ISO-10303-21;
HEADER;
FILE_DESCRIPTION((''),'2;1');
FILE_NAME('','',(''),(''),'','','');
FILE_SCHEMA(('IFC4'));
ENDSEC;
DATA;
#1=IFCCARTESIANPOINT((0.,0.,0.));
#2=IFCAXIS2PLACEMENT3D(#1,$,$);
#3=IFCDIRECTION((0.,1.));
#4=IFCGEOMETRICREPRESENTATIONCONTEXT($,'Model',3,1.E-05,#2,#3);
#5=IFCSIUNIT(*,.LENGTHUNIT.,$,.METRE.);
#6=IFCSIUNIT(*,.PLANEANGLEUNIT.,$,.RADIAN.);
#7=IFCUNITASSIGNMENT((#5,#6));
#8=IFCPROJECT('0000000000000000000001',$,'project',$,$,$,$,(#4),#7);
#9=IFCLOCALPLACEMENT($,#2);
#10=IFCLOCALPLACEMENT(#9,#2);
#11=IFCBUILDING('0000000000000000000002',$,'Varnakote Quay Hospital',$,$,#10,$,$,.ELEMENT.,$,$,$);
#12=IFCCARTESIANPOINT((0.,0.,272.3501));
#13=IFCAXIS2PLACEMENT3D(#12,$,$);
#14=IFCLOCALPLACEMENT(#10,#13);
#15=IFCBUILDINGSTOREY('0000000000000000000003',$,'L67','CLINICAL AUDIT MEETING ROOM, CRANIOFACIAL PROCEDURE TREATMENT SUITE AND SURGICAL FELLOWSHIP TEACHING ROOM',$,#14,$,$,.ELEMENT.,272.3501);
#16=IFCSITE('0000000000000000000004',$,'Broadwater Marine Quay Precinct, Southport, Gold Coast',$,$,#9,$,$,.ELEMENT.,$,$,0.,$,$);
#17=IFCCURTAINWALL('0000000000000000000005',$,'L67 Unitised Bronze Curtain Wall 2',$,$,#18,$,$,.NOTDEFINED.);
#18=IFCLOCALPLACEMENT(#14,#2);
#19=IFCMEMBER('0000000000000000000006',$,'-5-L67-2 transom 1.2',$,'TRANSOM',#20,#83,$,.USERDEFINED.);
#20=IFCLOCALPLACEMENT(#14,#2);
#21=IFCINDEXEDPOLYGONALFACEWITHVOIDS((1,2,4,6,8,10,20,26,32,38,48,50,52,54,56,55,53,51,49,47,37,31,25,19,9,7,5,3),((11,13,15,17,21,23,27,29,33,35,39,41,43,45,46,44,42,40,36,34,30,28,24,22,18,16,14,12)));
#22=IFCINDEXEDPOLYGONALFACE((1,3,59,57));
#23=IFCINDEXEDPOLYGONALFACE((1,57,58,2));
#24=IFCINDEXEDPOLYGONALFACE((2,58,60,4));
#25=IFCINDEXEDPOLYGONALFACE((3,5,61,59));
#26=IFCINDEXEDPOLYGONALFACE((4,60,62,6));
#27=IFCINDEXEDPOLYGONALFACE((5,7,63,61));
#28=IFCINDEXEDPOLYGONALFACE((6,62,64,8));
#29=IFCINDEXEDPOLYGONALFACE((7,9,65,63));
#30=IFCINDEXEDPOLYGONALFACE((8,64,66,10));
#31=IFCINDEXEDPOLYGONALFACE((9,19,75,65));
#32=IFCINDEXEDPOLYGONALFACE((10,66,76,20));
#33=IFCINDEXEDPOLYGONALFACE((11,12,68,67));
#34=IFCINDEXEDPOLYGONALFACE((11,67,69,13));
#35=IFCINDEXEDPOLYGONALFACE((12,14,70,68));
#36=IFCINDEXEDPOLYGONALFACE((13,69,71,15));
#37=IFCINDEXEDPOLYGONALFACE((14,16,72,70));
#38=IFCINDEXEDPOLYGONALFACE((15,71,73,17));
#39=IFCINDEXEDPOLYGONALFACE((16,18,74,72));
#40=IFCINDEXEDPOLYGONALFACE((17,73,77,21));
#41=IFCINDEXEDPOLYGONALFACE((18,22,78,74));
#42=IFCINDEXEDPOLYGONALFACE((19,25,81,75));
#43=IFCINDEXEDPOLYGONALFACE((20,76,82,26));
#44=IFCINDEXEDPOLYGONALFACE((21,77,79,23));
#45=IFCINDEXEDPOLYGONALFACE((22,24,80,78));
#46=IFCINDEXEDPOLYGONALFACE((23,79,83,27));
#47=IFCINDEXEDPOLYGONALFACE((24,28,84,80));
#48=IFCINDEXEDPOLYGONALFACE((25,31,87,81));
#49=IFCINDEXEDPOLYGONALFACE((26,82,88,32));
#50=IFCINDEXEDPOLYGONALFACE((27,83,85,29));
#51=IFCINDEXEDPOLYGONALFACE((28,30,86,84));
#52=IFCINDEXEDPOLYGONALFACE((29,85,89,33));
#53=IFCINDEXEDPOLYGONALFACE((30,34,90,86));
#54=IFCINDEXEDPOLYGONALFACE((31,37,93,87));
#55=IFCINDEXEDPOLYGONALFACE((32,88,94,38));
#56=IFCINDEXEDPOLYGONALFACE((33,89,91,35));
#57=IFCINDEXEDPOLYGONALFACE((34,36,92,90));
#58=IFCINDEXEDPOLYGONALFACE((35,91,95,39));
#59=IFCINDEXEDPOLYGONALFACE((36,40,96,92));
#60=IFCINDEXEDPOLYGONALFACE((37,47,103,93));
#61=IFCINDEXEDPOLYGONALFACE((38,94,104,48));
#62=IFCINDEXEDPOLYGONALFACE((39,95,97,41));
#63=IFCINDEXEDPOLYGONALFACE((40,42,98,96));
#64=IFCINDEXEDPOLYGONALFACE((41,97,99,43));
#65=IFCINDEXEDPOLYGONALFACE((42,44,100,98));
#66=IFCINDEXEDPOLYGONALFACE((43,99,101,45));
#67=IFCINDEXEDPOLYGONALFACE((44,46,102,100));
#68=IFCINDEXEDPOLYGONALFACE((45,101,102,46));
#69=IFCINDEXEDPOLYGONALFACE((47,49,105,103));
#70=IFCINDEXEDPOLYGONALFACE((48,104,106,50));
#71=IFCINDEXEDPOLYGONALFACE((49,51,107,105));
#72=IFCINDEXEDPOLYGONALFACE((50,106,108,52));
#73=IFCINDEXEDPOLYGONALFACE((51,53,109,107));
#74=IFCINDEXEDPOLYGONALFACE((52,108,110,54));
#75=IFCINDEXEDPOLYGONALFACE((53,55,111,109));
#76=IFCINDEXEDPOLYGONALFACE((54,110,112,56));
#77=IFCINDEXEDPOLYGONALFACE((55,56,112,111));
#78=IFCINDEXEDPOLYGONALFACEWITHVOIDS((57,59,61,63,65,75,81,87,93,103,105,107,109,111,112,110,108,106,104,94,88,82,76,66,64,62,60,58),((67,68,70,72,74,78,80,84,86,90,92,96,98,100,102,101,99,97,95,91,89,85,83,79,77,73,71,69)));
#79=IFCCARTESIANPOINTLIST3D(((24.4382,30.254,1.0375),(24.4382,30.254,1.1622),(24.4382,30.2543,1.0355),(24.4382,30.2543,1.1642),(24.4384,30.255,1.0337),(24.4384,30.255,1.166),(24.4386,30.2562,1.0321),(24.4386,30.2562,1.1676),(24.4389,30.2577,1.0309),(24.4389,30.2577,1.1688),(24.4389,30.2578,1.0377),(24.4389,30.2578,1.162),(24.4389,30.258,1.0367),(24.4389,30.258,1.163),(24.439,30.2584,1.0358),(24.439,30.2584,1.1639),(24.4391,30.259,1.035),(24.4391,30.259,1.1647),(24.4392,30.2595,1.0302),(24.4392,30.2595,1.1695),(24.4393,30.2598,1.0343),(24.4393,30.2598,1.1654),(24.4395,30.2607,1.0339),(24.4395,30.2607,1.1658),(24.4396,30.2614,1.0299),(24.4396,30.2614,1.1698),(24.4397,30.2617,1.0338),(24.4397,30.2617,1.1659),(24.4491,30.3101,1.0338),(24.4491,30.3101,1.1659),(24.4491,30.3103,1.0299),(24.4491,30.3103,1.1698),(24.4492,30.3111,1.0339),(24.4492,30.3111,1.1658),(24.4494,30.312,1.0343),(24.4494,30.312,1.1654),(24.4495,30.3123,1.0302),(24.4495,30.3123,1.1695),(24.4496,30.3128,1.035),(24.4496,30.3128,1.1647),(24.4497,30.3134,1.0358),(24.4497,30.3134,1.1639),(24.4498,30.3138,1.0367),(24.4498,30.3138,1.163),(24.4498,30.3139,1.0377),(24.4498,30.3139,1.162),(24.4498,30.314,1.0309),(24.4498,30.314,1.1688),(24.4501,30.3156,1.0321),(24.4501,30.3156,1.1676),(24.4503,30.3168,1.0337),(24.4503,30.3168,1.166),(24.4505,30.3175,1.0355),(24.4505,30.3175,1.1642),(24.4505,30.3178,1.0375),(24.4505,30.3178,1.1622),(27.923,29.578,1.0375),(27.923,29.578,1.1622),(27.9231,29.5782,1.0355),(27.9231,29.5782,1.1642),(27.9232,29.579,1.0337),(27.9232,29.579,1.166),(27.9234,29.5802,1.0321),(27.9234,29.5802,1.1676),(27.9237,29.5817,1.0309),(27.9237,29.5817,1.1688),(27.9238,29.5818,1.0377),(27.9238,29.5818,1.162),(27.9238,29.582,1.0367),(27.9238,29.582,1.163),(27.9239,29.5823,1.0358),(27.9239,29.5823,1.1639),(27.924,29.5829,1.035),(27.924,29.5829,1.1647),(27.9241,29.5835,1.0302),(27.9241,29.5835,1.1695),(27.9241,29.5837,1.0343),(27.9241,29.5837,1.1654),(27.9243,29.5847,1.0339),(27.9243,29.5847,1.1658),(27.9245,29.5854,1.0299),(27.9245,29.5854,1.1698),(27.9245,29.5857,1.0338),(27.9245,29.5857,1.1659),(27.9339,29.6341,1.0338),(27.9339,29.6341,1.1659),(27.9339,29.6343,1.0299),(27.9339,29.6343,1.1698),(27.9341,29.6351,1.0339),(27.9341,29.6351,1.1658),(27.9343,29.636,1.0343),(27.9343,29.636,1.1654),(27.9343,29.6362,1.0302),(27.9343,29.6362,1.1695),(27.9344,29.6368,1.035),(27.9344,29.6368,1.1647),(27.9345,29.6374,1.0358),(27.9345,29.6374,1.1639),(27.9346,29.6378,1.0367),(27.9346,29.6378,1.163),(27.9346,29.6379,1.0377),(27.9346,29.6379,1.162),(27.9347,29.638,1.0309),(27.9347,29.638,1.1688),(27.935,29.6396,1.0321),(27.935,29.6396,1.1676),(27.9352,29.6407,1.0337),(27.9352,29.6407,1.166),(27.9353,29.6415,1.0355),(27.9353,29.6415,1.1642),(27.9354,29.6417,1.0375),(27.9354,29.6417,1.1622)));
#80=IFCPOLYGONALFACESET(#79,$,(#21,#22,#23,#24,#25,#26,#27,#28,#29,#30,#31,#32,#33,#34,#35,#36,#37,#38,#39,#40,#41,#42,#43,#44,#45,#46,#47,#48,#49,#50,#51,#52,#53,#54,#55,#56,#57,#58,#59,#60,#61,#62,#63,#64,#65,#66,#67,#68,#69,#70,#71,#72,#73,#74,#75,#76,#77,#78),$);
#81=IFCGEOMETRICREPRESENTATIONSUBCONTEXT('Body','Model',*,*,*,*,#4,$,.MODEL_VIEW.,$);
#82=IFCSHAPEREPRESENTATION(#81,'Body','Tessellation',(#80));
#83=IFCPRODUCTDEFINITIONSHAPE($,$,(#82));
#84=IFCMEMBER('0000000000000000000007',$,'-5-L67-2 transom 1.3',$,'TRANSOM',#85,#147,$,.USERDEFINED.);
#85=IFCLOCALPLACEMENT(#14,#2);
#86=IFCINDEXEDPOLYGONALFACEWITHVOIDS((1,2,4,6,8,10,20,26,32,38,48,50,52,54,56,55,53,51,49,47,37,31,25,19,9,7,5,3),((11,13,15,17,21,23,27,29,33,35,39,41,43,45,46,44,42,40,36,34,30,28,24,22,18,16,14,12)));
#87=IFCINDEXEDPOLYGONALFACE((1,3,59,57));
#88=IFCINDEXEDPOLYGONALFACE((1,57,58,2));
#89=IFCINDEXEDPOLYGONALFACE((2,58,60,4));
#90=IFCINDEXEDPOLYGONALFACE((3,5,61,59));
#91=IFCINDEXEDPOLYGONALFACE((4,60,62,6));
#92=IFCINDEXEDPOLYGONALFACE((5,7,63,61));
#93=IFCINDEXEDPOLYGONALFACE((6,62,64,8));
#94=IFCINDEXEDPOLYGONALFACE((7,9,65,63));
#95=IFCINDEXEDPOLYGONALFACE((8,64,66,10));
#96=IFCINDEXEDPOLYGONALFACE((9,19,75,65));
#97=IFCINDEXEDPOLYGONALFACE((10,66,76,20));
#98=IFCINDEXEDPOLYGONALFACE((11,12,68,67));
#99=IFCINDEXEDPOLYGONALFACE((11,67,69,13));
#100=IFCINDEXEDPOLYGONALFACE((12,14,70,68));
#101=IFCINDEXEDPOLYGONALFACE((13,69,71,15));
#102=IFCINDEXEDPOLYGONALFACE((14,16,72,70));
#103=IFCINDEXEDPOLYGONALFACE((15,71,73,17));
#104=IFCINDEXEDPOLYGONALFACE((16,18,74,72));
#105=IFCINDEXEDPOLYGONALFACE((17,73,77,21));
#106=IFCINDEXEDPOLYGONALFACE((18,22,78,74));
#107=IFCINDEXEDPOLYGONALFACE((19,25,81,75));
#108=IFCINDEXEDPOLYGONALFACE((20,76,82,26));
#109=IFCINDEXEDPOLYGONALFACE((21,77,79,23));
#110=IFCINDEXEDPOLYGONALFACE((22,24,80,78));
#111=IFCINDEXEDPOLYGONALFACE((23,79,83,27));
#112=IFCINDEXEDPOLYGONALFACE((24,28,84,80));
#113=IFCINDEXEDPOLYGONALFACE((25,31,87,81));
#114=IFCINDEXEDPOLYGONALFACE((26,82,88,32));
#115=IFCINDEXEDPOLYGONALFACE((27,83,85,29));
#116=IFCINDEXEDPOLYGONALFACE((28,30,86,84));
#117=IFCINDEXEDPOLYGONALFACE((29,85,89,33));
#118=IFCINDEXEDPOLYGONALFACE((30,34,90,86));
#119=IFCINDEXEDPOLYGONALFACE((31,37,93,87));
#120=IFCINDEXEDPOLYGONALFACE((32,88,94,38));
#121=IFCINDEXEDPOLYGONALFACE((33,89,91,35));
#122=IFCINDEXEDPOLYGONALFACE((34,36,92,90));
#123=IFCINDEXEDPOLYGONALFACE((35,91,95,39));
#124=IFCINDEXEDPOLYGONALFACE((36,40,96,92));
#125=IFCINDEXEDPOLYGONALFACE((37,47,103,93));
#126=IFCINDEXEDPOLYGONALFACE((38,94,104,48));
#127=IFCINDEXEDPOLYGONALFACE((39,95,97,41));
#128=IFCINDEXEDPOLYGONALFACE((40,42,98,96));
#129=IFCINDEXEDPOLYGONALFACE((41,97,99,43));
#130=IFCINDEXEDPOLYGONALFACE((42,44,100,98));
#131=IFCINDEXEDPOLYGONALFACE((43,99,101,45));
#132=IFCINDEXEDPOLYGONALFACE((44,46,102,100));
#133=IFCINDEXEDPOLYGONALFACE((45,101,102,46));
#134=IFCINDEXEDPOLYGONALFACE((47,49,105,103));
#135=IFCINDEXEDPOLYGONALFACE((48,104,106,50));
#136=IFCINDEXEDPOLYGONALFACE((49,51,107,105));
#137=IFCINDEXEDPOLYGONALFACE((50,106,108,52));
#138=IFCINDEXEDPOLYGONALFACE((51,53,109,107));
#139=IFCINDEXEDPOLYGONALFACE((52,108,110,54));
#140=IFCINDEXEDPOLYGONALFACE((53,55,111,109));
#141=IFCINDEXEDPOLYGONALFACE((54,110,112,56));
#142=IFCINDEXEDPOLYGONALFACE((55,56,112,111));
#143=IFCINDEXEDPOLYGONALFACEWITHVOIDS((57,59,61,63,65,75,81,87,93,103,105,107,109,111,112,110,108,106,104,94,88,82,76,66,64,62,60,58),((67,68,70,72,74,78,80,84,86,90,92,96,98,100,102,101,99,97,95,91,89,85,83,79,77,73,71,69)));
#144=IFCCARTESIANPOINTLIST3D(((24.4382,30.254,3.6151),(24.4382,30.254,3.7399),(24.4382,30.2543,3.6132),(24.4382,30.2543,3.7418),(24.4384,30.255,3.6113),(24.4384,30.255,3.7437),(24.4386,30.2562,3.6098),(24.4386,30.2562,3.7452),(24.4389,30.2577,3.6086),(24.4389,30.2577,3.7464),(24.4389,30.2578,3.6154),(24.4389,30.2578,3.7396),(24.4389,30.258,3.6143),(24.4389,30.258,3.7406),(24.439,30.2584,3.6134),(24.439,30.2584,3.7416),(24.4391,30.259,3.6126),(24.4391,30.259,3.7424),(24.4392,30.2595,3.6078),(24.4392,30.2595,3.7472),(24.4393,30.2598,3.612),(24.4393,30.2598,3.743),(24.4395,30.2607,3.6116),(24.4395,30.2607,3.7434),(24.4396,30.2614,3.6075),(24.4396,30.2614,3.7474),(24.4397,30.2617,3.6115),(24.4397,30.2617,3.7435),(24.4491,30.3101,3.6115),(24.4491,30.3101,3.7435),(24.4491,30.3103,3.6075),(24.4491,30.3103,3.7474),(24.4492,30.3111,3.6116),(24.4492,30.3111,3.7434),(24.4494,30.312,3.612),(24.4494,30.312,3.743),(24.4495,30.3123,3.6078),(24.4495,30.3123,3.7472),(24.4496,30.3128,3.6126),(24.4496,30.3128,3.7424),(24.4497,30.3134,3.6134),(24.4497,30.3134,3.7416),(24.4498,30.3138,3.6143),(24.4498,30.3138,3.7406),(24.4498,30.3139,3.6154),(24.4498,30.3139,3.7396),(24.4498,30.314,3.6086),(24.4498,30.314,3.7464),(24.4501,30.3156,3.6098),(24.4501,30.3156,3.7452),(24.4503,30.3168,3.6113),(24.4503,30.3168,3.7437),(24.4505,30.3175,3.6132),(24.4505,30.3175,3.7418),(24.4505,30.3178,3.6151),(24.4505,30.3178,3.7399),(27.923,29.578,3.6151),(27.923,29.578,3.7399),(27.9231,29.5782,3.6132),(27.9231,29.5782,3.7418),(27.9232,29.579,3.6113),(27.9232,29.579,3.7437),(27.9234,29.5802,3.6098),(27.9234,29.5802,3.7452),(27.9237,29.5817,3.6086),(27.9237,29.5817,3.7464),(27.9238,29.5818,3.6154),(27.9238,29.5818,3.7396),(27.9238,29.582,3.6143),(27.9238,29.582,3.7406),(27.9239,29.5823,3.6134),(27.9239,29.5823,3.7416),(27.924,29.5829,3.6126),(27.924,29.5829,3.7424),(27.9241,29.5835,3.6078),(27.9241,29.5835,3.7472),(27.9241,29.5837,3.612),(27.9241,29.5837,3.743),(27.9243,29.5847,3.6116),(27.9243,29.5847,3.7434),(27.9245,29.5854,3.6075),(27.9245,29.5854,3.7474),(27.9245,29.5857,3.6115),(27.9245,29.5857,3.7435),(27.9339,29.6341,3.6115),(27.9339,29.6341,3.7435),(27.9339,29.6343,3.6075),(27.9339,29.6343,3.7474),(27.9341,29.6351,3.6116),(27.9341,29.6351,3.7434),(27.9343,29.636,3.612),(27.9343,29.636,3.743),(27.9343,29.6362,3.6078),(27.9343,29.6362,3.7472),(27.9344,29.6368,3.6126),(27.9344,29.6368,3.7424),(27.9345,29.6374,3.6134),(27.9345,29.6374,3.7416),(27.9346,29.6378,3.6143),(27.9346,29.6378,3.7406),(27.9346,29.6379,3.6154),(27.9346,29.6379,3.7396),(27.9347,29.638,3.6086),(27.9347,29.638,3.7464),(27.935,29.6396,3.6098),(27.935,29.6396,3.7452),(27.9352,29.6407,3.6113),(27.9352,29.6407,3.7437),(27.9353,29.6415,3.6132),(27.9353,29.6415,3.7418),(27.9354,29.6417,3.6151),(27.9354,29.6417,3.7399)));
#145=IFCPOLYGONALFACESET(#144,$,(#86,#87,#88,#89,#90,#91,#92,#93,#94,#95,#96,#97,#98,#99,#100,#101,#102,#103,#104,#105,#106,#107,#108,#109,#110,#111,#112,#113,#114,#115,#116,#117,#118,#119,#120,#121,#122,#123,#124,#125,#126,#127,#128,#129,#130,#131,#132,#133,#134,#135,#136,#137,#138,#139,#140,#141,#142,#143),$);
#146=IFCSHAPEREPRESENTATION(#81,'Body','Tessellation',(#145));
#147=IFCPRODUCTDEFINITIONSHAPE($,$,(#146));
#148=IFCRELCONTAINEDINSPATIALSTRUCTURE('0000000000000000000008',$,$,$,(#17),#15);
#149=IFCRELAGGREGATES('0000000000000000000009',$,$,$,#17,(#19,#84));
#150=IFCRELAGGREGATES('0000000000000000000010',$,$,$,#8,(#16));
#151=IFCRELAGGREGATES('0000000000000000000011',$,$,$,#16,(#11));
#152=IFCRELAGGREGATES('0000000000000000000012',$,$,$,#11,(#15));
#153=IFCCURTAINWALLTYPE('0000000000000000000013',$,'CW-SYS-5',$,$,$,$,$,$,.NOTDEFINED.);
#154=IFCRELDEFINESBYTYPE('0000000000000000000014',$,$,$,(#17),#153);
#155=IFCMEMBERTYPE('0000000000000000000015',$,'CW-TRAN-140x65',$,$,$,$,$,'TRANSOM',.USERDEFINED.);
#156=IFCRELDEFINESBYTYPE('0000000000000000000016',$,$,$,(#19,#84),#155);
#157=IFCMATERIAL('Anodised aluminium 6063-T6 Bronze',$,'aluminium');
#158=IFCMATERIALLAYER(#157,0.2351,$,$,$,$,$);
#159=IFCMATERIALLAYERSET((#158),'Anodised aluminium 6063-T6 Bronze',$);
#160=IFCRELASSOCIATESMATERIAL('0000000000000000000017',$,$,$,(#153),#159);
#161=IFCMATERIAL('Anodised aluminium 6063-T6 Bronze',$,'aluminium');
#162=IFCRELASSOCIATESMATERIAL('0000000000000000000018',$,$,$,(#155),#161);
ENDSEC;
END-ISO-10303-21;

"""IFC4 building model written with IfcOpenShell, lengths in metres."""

from ifc_helpers import new_model, si_unit, direction, frame, origin, origin_2d, place, context, subcontext, project, spatial, hollow_rectangle, extrude, material, layer, layer_set, material_profile, profile_set, type_object, element, aggregate, save


model = new_model("IFC4")

# Units and contexts
model_context = context("Model", 3, precision=1e-05, world=origin(), true_north=direction((0.0, 1.0)))
body_context = subcontext(model_context, "Body", "Model", "MODEL_VIEW")
ifc_project = project(units=[si_unit("LENGTHUNIT", "METRE"), si_unit("PLANEANGLEUNIT", "RADIAN")], contexts=[model_context])

# Site, building, storey
site_placement = place(None, origin())
site = spatial("IfcSite", under=ifc_project, at=site_placement, Name="Broadwater Marine Quay Precinct, Southport, Gold Coast", CompositionType="ELEMENT", RefElevation=0.0)
building_placement = place(site_placement, origin())
building = spatial("IfcBuilding", under=site, at=building_placement, Name="Varnakote Quay Hospital", CompositionType="ELEMENT")
storey_placement = place(building_placement, frame((0.0, 0.0, 272.3501)))
storey = spatial("IfcBuildingStorey", under=building, at=storey_placement, Name="L67", Description="CLINICAL AUDIT MEETING ROOM, CRANIOFACIAL PROCEDURE TREATMENT SUITE AND SURGICAL FELLOWSHIP TEACHING ROOM", CompositionType="ELEMENT", Elevation=272.3501)

# Shared definitions
ifc_material_1 = material(Name="Anodised aluminium 6063-T6 Bronze", Category="aluminium")
ifc_layer_1 = layer(ifc_material_1, 0.2351)
ifc_layer_set_1 = layer_set([ifc_layer_1], Name="Anodised aluminium 6063-T6 Bronze")
curtain_wall_type = type_object("IfcCurtainWallType", Name="CW-SYS-5", PredefinedType="NOTDEFINED", material=ifc_layer_set_1)

# Curtain wall, members
curtain_wall_1_placement = place(storey_placement, origin())
curtain_wall_1 = element("IfcCurtainWall", 1, at=curtain_wall_1_placement, inside=storey, type_object=curtain_wall_type, Name="L67 Unitised Bronze Curtain Wall 2", PredefinedType="NOTDEFINED")
ifc_material_2 = material(Name="Anodised aluminium 6063-T6 Bronze", Category="aluminium")
ifc_material_profile_1 = material_profile(ifc_material_2, hollow_rectangle(XDim=0.0649, YDim=0.1399, WallThickness=0.0039, InnerFilletRadius=0.0039, OuterFilletRadius=0.0076, at=origin_2d()), Name="CW-TRAN-140x65")
ifc_profile_set_1 = profile_set([ifc_material_profile_1], Name="Anodised aluminium 6063-T6 Bronze")
member_type_1 = type_object("IfcMemberType", Name="CW-TRAN-140x65", ElementType="TRANSOM", PredefinedType="USERDEFINED", material=ifc_profile_set_1)
member_1_placement = place(storey_placement, frame((27.9292, 29.6099, 1.0999), z_axis=(-0.981699, 0.190439, 0.0), x_axis=(-0.190439, -0.981699, 0.0)))
member_1 = element("IfcMember", 2, at=member_1_placement, type_object=member_type_1, Name="-5-L67-2 transom 1.2", ObjectType="TRANSOM", PredefinedType="USERDEFINED", context=body_context, shape_type="SweptSolid", body=[
    extrude(hollow_rectangle(XDim=0.0649, YDim=0.1399, WallThickness=0.0039, InnerFilletRadius=0.0039, OuterFilletRadius=0.0076, at=origin_2d()), origin(), (0.0, 0.0, 1.0), 3.5498),
])
member_2_placement = place(storey_placement, frame((27.9292, 29.6099, 3.6775), z_axis=(-0.981699, 0.190439, 0.0), x_axis=(-0.190439, -0.981699, 0.0)))
member_2 = element("IfcMember", 3, at=member_2_placement, type_object=member_type_1, Name="-5-L67-2 transom 1.3", ObjectType="TRANSOM", PredefinedType="USERDEFINED", context=body_context, shape_type="SweptSolid", body=[
    extrude(hollow_rectangle(XDim=0.0649, YDim=0.1399, WallThickness=0.0039, InnerFilletRadius=0.0039, OuterFilletRadius=0.0076, at=origin_2d()), origin(), (0.0, 0.0, 1.0), 3.5498),
])

aggregate(curtain_wall_1, [member_1, member_2])

save(model, "model.ifc")
